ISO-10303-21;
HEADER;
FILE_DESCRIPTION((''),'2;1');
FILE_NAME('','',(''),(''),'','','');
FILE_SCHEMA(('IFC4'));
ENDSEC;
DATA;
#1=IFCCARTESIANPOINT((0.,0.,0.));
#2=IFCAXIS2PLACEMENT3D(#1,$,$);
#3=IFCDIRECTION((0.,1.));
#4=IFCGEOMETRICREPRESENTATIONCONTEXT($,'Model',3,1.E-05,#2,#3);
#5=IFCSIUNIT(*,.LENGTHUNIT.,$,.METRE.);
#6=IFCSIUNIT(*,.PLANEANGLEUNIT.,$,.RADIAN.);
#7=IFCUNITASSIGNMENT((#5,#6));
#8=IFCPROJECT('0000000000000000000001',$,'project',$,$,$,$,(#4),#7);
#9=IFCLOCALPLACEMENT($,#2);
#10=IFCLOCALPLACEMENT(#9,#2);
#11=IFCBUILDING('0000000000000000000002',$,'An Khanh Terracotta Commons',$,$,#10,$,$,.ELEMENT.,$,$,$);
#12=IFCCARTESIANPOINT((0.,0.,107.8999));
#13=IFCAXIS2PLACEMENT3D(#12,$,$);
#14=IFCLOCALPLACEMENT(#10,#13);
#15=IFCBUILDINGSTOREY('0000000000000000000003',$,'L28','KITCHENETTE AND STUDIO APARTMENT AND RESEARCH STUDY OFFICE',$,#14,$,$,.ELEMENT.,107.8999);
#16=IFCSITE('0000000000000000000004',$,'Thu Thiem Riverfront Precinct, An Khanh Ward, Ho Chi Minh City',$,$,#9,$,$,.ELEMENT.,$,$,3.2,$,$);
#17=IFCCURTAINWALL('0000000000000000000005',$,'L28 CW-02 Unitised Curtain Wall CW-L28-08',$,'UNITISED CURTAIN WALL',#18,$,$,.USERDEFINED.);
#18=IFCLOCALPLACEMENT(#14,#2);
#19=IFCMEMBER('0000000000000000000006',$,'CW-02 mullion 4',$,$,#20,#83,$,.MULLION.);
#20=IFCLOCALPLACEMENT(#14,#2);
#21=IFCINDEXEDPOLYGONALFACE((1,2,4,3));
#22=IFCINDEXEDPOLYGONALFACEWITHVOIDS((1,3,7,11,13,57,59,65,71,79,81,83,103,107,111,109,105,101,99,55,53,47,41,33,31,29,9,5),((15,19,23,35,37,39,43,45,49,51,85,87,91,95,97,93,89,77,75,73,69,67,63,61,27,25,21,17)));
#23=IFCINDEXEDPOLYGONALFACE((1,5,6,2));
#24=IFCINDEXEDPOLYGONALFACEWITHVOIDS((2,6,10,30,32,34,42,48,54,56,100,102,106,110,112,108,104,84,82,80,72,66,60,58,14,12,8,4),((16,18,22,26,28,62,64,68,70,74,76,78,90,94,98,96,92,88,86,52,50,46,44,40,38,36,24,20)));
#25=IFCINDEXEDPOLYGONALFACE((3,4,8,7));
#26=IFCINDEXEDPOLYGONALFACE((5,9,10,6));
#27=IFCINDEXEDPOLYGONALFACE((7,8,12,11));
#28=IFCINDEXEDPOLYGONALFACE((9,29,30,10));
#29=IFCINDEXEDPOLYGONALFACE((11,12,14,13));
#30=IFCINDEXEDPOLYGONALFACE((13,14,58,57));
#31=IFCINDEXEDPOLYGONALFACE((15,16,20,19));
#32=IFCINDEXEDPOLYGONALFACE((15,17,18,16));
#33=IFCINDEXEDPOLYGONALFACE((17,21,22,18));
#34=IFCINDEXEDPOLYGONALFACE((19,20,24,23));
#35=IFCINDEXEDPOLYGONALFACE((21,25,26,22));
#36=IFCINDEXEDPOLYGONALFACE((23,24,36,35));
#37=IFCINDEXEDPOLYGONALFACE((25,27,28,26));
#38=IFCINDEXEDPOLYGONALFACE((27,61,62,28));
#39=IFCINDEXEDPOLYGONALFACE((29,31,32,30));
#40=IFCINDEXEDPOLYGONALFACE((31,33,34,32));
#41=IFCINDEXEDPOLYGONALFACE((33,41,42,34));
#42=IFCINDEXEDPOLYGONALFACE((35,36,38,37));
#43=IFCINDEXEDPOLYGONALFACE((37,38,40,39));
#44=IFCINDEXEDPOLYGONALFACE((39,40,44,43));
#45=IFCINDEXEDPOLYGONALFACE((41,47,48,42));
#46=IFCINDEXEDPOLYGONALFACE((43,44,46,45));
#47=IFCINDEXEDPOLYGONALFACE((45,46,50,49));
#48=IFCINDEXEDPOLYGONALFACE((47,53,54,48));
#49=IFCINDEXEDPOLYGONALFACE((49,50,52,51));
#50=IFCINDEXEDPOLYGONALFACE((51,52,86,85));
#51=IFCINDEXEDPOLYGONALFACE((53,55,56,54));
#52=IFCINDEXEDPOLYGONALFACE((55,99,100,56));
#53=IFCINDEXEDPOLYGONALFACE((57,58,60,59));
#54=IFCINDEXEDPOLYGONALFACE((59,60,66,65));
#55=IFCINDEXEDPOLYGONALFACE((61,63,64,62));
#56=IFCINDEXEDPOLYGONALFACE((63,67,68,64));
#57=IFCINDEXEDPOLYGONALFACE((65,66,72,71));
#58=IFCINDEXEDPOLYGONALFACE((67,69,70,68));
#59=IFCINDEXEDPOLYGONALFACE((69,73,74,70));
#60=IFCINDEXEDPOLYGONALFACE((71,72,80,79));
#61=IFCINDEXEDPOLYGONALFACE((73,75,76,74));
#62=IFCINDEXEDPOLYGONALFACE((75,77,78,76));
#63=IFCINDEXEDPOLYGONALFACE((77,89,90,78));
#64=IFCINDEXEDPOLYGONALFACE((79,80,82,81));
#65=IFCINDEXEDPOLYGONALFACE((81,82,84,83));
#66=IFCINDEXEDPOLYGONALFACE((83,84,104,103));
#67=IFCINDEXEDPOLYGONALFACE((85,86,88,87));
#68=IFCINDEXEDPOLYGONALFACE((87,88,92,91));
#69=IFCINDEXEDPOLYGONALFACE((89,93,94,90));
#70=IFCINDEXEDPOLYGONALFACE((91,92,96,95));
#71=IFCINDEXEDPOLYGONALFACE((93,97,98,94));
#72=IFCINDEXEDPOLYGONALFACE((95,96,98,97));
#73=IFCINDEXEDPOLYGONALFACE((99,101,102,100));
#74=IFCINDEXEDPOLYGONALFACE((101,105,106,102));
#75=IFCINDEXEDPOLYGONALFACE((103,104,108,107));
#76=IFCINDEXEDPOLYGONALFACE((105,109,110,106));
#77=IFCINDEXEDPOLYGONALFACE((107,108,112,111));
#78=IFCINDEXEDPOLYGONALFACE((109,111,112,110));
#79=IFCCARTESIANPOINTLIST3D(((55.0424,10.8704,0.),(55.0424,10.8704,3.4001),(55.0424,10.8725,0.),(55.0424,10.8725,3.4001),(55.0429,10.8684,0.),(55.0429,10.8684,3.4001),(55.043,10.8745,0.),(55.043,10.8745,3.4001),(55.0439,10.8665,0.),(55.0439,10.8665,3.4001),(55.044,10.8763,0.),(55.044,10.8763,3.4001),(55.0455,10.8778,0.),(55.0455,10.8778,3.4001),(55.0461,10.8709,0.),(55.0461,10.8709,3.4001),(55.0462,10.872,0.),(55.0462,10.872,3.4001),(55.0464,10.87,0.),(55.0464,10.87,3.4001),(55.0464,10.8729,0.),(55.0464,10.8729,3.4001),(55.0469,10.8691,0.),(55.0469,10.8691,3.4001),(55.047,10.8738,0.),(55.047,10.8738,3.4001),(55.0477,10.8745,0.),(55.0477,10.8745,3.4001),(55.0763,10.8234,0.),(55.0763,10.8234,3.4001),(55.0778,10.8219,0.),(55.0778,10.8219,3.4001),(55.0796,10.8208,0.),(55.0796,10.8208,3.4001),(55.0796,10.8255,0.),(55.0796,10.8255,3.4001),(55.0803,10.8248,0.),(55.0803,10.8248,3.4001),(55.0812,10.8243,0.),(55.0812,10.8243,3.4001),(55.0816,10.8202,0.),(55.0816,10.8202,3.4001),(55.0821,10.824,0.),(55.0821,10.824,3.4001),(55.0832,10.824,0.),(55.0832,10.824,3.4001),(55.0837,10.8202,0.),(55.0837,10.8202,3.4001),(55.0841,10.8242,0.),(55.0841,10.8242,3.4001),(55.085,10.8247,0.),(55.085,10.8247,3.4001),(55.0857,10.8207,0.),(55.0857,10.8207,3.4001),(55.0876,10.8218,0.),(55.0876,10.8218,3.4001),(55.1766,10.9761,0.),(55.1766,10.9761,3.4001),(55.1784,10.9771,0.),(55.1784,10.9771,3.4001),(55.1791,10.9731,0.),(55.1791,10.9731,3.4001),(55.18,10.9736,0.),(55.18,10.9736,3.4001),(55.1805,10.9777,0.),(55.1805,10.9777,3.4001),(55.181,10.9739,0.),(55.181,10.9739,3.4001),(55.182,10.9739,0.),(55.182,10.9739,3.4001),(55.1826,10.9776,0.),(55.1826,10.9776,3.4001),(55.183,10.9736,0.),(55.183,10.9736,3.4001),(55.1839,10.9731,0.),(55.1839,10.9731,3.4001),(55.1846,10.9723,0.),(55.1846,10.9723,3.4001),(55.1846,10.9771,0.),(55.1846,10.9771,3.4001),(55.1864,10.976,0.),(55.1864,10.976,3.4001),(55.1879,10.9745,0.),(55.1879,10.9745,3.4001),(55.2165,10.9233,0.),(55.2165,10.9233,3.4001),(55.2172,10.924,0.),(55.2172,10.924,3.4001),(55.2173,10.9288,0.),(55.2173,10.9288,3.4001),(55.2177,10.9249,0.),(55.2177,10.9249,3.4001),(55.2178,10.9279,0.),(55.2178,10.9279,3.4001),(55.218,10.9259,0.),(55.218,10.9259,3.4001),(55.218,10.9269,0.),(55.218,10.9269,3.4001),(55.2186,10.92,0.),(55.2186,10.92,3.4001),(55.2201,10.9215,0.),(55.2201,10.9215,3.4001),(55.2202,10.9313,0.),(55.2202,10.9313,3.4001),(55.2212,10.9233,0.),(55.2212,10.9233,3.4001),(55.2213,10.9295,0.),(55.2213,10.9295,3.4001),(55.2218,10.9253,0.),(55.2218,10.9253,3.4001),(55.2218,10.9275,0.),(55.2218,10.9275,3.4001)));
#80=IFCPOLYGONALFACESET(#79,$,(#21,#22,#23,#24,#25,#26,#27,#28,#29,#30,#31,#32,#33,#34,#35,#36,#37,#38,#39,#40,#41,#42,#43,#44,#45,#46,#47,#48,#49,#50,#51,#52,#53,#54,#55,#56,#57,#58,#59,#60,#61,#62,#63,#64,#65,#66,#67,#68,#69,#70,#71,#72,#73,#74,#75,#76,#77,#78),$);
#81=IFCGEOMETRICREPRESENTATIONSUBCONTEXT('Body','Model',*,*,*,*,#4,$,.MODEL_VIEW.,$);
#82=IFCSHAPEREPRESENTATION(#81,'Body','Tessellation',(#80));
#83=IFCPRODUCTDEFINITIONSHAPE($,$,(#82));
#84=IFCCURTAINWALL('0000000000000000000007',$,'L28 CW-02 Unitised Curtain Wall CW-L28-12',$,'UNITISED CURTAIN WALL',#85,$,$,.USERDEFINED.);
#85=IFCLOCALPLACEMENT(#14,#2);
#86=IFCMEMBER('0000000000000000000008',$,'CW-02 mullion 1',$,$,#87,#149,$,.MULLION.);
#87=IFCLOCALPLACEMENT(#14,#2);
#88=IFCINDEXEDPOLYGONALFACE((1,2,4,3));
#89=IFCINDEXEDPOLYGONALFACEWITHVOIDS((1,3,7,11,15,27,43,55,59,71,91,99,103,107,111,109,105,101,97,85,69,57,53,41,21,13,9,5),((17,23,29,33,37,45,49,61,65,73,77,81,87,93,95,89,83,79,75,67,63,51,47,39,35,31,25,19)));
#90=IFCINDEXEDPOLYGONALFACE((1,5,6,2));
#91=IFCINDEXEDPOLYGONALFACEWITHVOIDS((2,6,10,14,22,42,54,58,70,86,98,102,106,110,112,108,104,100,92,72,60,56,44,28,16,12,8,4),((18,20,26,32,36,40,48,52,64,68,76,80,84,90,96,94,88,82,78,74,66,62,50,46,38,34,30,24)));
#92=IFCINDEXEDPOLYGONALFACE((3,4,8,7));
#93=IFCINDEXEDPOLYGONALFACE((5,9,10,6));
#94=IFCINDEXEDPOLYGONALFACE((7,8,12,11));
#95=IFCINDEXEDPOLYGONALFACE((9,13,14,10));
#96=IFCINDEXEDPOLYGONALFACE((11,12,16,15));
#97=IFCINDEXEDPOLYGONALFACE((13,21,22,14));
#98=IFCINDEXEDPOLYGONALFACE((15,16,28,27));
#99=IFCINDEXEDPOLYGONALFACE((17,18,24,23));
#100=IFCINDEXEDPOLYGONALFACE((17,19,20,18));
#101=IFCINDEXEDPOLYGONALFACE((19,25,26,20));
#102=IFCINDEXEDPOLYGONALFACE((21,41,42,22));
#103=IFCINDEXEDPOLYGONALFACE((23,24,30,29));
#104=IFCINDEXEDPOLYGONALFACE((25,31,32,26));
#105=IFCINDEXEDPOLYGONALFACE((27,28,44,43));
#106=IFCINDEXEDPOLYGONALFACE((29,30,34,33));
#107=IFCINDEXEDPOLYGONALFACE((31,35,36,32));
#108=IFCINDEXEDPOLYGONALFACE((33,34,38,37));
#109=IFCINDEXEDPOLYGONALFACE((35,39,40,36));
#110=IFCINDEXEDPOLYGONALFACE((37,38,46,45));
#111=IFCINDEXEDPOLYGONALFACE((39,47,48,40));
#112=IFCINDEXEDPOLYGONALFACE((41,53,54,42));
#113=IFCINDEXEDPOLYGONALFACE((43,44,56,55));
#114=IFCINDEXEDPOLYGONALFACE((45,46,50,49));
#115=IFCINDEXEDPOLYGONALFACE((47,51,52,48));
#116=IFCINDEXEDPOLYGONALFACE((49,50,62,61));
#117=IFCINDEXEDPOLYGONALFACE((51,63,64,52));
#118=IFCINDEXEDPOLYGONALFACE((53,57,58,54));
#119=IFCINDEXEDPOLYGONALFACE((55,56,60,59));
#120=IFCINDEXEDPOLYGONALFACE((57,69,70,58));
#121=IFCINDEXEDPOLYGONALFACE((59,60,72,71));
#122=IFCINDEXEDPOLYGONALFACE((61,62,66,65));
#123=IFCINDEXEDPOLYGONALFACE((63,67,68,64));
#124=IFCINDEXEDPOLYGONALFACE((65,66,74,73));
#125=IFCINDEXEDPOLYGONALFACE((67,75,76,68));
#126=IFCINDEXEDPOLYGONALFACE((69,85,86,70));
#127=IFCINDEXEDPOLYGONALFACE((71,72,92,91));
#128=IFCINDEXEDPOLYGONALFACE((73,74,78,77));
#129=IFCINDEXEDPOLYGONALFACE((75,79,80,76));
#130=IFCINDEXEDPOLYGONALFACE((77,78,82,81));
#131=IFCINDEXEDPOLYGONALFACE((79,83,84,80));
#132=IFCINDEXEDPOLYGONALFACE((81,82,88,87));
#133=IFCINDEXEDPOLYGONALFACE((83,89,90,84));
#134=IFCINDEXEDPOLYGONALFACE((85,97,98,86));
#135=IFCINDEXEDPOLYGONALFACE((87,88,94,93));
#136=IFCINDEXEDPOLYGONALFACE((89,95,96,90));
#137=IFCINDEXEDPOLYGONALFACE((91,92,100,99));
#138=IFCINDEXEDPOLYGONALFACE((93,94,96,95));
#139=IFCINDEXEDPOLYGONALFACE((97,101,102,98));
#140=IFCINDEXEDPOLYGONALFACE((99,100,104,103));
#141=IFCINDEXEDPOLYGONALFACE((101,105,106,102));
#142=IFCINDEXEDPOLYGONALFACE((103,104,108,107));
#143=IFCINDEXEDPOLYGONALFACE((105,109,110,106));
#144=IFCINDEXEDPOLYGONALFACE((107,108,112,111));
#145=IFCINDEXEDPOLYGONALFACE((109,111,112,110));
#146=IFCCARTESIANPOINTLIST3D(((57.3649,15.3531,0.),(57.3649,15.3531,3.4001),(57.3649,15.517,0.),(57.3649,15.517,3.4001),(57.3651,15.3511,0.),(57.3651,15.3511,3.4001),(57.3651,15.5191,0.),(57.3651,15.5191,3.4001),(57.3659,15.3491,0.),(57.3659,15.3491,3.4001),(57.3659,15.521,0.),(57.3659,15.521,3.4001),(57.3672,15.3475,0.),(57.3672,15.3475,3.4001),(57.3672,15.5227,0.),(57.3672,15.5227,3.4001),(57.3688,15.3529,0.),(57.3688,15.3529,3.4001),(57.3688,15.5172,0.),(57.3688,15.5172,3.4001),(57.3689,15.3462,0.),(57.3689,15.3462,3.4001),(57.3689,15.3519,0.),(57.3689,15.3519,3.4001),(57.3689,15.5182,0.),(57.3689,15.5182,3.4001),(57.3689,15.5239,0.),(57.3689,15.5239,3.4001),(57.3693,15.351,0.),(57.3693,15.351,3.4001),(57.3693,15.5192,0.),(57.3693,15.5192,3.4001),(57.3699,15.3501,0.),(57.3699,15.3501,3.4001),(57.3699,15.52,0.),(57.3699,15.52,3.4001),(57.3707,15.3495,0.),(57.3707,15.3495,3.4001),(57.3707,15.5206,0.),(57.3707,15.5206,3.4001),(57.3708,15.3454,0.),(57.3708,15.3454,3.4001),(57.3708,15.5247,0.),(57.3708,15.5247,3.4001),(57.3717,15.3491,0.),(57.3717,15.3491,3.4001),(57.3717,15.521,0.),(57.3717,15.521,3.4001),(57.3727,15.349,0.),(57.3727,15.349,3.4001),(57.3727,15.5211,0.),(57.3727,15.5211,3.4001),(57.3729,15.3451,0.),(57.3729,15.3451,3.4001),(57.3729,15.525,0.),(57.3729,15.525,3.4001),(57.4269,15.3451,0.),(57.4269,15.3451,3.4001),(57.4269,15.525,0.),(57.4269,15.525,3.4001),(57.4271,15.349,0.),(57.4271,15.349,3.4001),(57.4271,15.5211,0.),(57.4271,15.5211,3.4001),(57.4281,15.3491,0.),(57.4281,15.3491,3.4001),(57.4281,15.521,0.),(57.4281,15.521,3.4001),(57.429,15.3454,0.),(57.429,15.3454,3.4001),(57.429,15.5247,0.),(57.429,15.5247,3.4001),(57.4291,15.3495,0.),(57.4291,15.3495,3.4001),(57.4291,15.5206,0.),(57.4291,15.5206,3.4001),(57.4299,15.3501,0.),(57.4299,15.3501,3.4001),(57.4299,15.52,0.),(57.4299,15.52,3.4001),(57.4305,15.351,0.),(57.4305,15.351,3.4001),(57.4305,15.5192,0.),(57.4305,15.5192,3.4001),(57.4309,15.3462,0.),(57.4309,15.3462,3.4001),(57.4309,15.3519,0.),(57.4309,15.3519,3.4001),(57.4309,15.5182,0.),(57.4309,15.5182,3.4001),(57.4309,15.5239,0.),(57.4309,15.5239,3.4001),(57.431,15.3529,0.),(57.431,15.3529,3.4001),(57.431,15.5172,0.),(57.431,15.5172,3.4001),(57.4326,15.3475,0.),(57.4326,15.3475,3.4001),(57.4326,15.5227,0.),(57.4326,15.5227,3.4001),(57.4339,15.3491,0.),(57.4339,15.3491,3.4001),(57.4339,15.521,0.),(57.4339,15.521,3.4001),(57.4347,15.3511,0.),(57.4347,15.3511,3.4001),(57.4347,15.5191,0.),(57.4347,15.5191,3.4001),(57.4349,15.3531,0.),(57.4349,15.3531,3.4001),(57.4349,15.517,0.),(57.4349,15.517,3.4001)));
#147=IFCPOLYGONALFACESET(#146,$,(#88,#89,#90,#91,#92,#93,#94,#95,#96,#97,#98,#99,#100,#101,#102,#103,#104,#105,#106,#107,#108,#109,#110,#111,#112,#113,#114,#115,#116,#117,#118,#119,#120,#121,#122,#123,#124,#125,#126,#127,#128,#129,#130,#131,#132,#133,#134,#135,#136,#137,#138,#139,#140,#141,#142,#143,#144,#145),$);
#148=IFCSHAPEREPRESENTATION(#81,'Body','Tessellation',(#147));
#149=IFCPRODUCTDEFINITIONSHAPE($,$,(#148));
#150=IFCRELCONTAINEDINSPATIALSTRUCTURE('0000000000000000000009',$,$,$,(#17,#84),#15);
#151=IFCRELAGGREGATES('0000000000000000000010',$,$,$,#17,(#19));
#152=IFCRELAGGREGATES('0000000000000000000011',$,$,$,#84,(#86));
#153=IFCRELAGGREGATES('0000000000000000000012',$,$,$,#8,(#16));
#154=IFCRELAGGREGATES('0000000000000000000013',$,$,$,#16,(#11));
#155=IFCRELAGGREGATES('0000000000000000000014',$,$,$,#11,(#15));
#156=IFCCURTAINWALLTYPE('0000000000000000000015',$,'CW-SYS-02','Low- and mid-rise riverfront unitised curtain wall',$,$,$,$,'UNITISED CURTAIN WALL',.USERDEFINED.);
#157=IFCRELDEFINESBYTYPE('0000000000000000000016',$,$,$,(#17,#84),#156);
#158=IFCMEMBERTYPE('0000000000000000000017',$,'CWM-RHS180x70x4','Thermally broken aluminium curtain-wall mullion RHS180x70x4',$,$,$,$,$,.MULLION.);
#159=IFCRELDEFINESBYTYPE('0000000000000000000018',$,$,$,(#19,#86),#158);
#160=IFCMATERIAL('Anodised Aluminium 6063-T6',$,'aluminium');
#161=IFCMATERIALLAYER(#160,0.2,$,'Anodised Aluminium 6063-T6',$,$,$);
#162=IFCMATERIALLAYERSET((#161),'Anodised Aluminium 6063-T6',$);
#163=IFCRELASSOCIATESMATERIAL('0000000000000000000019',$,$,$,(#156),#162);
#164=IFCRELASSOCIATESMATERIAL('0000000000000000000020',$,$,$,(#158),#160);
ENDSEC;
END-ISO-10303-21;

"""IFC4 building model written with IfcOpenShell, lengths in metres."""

from ifc_helpers import new_model, si_unit, direction, frame, origin, origin_2d, place, context, subcontext, project, spatial, hollow_rectangle, extrude, material, layer, layer_set, material_profile, profile_set, type_object, element, aggregate, save


model = new_model("IFC4")

# Units and contexts
model_context = context("Model", 3, precision=1e-05, world=origin(), true_north=direction((0.0, 1.0)))
body_context = subcontext(model_context, "Body", "Model", "MODEL_VIEW")
ifc_project = project(units=[si_unit("LENGTHUNIT", "METRE"), si_unit("PLANEANGLEUNIT", "RADIAN")], contexts=[model_context])

# Site, building, storey
site_placement = place(None, origin())
site = spatial("IfcSite", under=ifc_project, at=site_placement, Name="Thu Thiem Riverfront Precinct, An Khanh Ward, Ho Chi Minh City", CompositionType="ELEMENT", RefElevation=3.2)
building_placement = place(site_placement, origin())
building = spatial("IfcBuilding", under=site, at=building_placement, Name="An Khanh Terracotta Commons", CompositionType="ELEMENT")
storey_placement = place(building_placement, frame((0.0, 0.0, 107.8999)))
storey = spatial("IfcBuildingStorey", under=building, at=storey_placement, Name="L28", Description="KITCHENETTE AND STUDIO APARTMENT AND RESEARCH STUDY OFFICE", CompositionType="ELEMENT", Elevation=107.8999)

# Curtain walls, members
ifc_material_1 = material(Name="Anodised Aluminium 6063-T6", Category="aluminium")
ifc_layer_1 = layer(ifc_material_1, 0.2, Name="Anodised Aluminium 6063-T6")
ifc_layer_set_1 = layer_set([ifc_layer_1], Name="Anodised Aluminium 6063-T6")
curtain_wall_type = type_object("IfcCurtainWallType", Name="CW-SYS-02", Description="Low- and mid-rise riverfront unitised curtain wall", ElementType="UNITISED CURTAIN WALL", PredefinedType="USERDEFINED", material=ifc_layer_set_1)
curtain_wall_1_placement = place(storey_placement, origin())
curtain_wall_1 = element("IfcCurtainWall", 1, at=curtain_wall_1_placement, inside=storey, type_object=curtain_wall_type, Name="L28 CW-02 Unitised Curtain Wall CW-L28-08", ObjectType="UNITISED CURTAIN WALL", PredefinedType="USERDEFINED")
ifc_material_profile_1 = material_profile(ifc_material_1, hollow_rectangle(XDim=0.0701, YDim=0.1799, WallThickness=0.0039, InnerFilletRadius=0.0039, OuterFilletRadius=0.0081, at=origin_2d()), Name="RHS180x70x4")
ifc_profile_set_1 = profile_set([ifc_material_profile_1], Name="Anodised Aluminium 6063-T6")
member_type_1 = type_object("IfcMemberType", Name="CWM-RHS180x70x4", Description="Thermally broken aluminium curtain-wall mullion RHS180x70x4", PredefinedType="MULLION", material=ifc_profile_set_1)
member_1_placement = place(storey_placement, frame((55.1321, 10.8989, 0.0), z_axis=(0.0, 0.0, 1.0), x_axis=(-0.599983, 0.800013, 0.0)))
member_1 = element("IfcMember", 2, at=member_1_placement, type_object=member_type_1, Name="CW-02 mullion 4", PredefinedType="MULLION", context=body_context, shape_type="SweptSolid", body=[
    extrude(hollow_rectangle(XDim=0.0701, YDim=0.1799, WallThickness=0.0039, InnerFilletRadius=0.0039, OuterFilletRadius=0.0081, at=origin_2d()), origin(), (0.0, 0.0, 1.0), 3.4001),
])
curtain_wall_2_placement = place(storey_placement, origin())
curtain_wall_2 = element("IfcCurtainWall", 3, at=curtain_wall_2_placement, inside=storey, type_object=curtain_wall_type, Name="L28 CW-02 Unitised Curtain Wall CW-L28-12", ObjectType="UNITISED CURTAIN WALL", PredefinedType="USERDEFINED")
member_2_placement = place(storey_placement, frame((57.3999, 15.4351, 0.0), z_axis=(0.0, 0.0, 1.0), x_axis=(-1.0, 0.0, 0.0)))
member_2 = element("IfcMember", 4, at=member_2_placement, type_object=member_type_1, Name="CW-02 mullion 1", PredefinedType="MULLION", context=body_context, shape_type="SweptSolid", body=[
    extrude(hollow_rectangle(XDim=0.0701, YDim=0.1799, WallThickness=0.0039, InnerFilletRadius=0.0039, OuterFilletRadius=0.0081, at=origin_2d()), origin(), (0.0, 0.0, 1.0), 3.4001),
])

aggregate(curtain_wall_1, [member_1])
aggregate(curtain_wall_2, [member_2])

save(model, "model.ifc")
